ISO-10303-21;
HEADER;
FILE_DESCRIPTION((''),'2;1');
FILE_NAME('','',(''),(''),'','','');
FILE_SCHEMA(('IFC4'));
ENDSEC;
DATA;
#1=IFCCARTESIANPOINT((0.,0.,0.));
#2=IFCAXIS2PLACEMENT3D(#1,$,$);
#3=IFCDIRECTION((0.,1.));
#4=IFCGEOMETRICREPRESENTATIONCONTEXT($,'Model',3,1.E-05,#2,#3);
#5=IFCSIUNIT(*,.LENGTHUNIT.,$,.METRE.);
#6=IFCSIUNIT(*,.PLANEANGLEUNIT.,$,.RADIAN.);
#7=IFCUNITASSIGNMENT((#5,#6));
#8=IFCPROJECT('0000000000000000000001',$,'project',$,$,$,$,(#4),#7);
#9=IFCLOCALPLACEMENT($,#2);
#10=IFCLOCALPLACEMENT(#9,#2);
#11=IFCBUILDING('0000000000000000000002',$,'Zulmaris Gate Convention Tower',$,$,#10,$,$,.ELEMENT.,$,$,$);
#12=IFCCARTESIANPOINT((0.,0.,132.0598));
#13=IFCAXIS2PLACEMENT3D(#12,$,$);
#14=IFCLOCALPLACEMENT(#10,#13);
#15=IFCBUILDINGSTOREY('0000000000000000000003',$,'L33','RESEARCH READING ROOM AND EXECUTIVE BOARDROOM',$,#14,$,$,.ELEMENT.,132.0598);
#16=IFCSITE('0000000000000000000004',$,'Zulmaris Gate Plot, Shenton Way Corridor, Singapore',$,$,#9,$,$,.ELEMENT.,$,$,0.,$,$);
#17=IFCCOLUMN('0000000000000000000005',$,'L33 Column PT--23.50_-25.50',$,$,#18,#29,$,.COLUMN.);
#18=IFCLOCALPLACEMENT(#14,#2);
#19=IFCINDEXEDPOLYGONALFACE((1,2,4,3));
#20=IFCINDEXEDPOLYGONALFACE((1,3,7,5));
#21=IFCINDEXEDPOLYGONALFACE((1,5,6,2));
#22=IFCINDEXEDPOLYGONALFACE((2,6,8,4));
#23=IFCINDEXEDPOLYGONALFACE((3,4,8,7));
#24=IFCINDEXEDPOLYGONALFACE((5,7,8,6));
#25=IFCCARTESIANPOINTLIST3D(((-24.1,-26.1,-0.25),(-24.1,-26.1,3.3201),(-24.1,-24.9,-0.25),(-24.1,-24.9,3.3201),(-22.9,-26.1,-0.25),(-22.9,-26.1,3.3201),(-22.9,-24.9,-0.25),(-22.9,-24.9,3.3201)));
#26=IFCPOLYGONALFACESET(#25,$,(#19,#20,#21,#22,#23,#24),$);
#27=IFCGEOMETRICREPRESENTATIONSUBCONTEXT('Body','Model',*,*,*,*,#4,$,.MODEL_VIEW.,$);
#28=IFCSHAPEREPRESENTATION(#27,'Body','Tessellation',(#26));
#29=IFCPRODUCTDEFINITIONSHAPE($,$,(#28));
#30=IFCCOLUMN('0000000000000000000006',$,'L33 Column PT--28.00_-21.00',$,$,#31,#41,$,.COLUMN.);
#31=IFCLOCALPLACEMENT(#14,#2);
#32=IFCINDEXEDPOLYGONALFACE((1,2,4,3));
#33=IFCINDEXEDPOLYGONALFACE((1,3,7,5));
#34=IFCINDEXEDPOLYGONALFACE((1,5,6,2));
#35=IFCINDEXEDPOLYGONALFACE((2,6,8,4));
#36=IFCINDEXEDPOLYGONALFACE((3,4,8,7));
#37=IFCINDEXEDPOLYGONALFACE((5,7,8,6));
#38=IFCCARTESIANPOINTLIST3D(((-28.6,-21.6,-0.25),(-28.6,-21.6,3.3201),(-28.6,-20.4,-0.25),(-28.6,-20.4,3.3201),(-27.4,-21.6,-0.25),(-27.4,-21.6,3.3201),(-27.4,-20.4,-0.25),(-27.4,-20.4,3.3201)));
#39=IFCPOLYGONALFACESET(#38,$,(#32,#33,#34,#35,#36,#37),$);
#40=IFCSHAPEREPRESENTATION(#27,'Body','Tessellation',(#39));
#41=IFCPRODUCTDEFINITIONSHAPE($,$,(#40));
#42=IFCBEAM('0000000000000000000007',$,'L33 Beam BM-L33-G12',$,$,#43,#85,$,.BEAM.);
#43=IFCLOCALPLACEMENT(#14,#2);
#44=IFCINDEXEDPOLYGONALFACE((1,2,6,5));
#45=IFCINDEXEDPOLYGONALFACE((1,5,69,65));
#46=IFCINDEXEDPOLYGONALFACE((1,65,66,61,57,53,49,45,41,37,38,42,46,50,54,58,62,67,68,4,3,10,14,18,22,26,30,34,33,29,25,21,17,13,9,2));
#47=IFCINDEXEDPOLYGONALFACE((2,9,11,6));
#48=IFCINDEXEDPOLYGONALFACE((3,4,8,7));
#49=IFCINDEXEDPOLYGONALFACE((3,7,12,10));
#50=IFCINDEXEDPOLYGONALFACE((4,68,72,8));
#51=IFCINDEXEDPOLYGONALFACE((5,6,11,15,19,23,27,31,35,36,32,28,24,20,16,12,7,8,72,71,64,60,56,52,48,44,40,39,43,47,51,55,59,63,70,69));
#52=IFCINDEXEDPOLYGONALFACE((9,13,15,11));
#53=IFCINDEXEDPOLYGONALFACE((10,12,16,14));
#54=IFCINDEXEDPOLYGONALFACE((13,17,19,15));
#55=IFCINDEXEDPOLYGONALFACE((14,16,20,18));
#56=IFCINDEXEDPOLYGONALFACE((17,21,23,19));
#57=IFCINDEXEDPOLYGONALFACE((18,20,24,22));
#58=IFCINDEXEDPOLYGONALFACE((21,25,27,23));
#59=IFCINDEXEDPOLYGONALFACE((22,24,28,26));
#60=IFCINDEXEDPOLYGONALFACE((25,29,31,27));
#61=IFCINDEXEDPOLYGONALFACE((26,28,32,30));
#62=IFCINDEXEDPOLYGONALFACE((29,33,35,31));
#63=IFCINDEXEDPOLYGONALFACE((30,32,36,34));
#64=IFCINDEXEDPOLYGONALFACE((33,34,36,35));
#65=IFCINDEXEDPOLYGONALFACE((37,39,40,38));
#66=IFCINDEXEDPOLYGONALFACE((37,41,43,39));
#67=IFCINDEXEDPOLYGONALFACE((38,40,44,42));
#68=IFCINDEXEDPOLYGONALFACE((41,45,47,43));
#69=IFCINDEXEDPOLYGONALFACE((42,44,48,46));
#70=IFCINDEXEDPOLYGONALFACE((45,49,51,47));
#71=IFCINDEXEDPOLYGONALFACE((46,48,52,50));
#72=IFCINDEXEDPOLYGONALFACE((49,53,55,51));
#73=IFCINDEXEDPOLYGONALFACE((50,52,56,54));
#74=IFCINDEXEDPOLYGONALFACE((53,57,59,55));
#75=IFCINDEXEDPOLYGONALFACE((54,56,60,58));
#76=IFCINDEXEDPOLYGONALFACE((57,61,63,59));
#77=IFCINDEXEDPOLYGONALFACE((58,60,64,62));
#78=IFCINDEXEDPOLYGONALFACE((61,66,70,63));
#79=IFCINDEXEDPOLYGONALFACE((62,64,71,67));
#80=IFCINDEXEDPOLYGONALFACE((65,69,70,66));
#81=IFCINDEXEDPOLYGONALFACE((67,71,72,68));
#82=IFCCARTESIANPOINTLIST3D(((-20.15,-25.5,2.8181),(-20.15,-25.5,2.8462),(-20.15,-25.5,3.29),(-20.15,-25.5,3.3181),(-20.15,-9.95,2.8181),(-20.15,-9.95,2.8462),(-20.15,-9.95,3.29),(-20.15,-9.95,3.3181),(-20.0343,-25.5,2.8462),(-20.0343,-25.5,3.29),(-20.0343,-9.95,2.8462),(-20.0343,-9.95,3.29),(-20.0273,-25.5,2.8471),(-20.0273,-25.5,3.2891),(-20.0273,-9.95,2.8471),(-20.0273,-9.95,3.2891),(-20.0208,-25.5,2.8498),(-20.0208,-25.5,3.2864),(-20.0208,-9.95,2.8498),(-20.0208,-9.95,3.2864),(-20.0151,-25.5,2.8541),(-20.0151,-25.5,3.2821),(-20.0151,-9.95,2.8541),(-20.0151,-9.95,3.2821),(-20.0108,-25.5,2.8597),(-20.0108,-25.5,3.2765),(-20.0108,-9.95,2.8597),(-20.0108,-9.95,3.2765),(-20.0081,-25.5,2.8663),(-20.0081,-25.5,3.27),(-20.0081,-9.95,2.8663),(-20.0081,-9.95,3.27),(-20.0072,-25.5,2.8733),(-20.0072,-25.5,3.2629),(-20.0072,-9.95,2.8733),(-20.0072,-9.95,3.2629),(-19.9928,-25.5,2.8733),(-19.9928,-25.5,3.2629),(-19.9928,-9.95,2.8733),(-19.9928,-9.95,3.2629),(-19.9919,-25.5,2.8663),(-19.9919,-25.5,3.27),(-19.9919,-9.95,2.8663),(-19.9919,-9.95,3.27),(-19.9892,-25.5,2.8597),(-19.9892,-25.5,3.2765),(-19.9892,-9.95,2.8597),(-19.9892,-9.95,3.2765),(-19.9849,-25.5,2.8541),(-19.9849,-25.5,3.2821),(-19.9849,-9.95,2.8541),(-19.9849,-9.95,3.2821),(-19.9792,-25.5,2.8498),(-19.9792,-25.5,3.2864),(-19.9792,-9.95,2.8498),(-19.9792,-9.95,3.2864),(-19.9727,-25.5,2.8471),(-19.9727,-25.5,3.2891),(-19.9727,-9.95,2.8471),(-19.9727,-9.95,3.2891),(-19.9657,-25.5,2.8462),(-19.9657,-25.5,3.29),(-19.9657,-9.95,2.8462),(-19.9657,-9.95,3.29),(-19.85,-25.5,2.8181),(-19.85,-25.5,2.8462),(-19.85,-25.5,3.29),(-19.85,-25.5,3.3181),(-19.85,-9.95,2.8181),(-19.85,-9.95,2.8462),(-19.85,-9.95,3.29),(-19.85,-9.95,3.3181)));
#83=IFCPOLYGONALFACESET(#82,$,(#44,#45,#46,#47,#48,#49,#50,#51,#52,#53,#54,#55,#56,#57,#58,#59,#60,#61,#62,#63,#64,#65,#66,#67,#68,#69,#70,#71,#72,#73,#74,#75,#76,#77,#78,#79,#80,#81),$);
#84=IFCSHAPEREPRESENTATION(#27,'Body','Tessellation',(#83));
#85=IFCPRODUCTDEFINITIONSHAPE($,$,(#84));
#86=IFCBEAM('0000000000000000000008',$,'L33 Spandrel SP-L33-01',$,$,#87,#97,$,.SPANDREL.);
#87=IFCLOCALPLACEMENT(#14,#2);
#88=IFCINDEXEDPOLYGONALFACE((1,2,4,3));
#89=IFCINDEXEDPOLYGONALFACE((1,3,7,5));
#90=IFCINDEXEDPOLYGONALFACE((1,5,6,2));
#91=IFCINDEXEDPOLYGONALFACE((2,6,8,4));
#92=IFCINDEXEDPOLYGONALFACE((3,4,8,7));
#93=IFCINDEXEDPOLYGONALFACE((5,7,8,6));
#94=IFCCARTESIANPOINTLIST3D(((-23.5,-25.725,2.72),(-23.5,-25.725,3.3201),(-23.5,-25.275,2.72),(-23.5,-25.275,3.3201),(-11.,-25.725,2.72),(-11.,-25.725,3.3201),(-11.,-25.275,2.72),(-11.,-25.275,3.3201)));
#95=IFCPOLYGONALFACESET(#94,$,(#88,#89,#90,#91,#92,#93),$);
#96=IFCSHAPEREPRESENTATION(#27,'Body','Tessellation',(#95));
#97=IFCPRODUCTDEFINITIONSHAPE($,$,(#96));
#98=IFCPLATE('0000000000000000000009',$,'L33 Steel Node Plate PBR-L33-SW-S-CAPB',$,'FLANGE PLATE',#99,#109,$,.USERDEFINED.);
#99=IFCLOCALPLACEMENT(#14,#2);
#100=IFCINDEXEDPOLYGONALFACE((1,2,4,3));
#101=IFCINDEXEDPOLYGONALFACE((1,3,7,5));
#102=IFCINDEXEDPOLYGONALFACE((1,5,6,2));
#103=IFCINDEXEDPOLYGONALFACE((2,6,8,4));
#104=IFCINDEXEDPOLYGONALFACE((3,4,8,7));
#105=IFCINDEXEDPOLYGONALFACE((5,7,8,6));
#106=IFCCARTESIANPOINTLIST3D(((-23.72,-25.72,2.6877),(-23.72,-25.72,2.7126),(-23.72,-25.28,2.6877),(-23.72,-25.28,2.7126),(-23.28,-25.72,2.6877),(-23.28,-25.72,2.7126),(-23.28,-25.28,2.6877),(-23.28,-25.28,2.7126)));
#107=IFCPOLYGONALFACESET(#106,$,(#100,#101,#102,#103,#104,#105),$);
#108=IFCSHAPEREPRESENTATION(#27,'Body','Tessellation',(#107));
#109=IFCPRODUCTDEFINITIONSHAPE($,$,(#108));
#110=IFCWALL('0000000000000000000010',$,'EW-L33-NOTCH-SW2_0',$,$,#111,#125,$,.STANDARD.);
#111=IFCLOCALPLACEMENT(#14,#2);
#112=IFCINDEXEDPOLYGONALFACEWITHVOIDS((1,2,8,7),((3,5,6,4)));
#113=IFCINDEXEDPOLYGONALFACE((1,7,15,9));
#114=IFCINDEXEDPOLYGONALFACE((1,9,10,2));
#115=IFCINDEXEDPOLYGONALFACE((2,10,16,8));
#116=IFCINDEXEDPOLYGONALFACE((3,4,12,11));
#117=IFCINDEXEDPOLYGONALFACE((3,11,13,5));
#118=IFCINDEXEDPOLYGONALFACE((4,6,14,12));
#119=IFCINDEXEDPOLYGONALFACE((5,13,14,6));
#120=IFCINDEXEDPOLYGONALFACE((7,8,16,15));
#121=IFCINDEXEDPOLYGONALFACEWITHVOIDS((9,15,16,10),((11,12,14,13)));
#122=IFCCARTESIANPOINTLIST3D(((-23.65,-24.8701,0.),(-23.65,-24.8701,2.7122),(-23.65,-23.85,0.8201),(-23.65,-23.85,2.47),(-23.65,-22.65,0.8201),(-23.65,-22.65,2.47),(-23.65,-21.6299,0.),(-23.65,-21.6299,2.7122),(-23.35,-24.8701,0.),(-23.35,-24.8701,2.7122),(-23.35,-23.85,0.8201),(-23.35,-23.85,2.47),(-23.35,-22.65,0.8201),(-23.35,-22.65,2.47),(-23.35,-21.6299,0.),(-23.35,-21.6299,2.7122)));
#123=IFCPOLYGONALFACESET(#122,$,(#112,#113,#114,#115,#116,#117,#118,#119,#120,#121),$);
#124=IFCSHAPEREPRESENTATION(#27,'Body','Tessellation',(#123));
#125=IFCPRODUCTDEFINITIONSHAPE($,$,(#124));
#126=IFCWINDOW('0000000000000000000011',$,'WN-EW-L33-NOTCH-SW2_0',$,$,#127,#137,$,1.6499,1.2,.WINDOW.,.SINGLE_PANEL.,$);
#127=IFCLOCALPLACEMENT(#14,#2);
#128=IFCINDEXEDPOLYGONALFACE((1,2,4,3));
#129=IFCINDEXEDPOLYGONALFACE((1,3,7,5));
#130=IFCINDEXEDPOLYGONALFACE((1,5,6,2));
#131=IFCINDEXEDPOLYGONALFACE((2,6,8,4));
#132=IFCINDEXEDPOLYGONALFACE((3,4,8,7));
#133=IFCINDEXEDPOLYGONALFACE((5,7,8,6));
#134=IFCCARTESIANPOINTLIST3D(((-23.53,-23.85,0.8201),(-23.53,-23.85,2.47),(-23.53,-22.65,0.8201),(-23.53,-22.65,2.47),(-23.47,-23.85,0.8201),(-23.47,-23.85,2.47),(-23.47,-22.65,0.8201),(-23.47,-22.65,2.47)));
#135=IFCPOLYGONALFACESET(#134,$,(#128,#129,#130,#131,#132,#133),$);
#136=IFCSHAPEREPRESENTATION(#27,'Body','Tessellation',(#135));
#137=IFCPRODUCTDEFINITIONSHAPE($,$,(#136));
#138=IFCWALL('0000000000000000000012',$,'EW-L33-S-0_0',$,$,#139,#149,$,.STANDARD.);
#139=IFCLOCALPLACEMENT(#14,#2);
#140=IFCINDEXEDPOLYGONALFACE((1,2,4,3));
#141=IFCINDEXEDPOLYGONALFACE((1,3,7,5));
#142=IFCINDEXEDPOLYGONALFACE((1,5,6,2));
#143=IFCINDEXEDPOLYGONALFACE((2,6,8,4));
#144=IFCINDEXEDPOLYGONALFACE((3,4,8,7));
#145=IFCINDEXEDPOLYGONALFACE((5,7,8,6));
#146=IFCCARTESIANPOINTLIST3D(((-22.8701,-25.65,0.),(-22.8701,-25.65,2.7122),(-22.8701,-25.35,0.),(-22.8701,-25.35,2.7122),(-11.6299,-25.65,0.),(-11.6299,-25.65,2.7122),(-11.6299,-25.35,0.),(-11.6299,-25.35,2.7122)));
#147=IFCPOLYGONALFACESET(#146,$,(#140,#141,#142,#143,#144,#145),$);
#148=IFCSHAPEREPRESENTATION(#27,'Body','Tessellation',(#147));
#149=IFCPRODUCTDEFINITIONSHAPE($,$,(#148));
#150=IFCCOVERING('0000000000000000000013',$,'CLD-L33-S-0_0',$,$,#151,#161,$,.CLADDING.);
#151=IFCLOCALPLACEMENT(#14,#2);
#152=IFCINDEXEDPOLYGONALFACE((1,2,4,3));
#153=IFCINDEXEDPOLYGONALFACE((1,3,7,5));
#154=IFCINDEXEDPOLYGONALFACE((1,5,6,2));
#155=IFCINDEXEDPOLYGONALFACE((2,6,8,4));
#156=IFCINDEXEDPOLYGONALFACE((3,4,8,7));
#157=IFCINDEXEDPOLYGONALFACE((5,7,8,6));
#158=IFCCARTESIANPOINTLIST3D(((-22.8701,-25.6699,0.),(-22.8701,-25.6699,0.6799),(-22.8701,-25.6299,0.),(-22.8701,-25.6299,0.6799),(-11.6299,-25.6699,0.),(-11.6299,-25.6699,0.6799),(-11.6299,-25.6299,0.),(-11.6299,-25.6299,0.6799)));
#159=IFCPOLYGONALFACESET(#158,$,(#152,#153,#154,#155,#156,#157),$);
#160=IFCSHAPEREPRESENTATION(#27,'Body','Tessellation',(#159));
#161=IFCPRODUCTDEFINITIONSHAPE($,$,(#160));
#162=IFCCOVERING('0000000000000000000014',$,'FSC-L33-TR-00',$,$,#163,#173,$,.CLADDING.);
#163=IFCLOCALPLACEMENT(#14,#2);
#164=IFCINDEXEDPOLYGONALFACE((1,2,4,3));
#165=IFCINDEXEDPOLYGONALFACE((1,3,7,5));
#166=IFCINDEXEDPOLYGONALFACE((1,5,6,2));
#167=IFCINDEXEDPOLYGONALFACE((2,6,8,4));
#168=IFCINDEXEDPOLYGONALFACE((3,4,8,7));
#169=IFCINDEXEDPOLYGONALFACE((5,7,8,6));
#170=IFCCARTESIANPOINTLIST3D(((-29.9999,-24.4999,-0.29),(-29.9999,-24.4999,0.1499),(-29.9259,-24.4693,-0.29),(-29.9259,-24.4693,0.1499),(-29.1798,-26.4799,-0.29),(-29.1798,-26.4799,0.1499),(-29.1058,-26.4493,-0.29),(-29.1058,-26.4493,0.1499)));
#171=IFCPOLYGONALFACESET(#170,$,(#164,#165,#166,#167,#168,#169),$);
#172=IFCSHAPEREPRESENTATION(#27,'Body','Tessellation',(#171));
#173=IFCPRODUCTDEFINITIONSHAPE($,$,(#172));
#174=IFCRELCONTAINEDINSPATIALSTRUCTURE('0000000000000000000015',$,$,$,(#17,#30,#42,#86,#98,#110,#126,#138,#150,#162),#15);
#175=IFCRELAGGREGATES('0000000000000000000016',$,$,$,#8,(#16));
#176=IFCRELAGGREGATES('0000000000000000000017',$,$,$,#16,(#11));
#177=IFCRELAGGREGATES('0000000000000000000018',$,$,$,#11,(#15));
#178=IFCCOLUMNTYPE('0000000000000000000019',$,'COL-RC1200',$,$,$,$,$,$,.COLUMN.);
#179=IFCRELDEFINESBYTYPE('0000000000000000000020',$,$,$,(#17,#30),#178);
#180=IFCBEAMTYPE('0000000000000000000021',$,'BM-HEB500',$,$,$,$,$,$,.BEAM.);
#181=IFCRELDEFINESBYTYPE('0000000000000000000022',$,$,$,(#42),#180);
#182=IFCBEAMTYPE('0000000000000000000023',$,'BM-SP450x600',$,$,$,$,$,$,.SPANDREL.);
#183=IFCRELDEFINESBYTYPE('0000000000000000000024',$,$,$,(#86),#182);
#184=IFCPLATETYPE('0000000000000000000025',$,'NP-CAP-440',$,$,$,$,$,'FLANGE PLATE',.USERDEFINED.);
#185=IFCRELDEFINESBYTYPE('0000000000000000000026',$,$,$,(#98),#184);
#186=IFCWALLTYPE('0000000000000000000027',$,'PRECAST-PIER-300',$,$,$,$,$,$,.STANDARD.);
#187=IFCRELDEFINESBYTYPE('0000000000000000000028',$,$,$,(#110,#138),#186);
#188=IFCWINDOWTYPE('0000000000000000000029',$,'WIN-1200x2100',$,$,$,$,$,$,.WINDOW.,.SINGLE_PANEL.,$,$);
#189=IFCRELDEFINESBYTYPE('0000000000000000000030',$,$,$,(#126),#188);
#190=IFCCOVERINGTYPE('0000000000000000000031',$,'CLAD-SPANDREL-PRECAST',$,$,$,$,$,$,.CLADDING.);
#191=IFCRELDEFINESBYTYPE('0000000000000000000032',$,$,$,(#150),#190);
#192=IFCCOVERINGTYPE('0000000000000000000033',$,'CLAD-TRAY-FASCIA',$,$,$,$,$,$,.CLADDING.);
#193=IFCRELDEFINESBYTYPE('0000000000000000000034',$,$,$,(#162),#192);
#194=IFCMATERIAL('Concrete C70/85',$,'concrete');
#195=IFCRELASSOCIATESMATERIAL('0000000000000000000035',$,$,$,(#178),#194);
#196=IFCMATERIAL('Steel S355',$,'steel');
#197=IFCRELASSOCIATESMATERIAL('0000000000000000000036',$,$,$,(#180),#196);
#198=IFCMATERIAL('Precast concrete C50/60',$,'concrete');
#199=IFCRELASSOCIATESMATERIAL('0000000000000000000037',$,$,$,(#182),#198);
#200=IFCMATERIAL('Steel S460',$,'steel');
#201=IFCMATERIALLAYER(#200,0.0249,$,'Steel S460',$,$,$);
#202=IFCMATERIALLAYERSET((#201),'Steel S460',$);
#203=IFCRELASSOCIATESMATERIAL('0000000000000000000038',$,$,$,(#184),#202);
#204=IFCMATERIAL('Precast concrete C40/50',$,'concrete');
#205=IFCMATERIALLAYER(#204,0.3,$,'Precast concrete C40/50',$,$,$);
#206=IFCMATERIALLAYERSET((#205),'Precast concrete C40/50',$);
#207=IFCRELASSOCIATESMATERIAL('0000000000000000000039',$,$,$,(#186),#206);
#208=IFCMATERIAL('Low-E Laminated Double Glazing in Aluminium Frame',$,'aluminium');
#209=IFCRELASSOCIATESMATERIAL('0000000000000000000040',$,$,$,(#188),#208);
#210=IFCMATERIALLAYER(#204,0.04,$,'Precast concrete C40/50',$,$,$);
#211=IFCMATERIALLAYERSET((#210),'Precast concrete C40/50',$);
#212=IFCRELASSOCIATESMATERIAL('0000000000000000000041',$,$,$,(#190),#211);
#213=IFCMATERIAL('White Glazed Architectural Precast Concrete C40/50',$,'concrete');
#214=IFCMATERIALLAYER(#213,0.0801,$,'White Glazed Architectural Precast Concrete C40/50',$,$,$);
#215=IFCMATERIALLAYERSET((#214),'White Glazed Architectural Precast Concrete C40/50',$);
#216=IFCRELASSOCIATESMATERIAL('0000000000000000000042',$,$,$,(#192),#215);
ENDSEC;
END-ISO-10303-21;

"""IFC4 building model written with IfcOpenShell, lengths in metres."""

from ifc_helpers import new_model, si_unit, direction, frame, frame_2d, origin, origin_2d, place, context, subcontext, project, spatial, rectangle, i_section, extrude, material, layer, layer_set, material_profile, profile_set, type_object, element, fill, save


model = new_model("IFC4")

# Units and contexts
model_context = context("Model", 3, precision=1e-05, world=origin(), true_north=direction((0.0, 1.0)))
body_context = subcontext(model_context, "Body", "Model", "MODEL_VIEW")
ifc_project = project(units=[si_unit("LENGTHUNIT", "METRE"), si_unit("PLANEANGLEUNIT", "RADIAN")], contexts=[model_context])

# Site, building, storey
site_placement = place(None, origin())
site = spatial("IfcSite", under=ifc_project, at=site_placement, Name="Zulmaris Gate Plot, Shenton Way Corridor, Singapore", CompositionType="ELEMENT", RefElevation=0.0)
building_placement = place(site_placement, origin())
building = spatial("IfcBuilding", under=site, at=building_placement, Name="Zulmaris Gate Convention Tower", CompositionType="ELEMENT")
storey_placement = place(building_placement, frame((0.0, 0.0, 132.0598)))
storey = spatial("IfcBuildingStorey", under=building, at=storey_placement, Name="L33", Description="RESEARCH READING ROOM AND EXECUTIVE BOARDROOM", CompositionType="ELEMENT", Elevation=132.0598)

# Columns
ifc_material_1 = material(Name="Concrete C70/85", Category="concrete")
ifc_material_profile_1 = material_profile(ifc_material_1, rectangle(XDim=1.2, YDim=1.2, at=origin_2d()), Name="RC COL 1200x1200")
ifc_profile_set_1 = profile_set([ifc_material_profile_1], Name="Concrete C70/85")
column_type = type_object("IfcColumnType", Name="COL-RC1200", PredefinedType="COLUMN", material=ifc_profile_set_1)
for number, where, z_axis, x_axis, name in (
    (1, (-23.5, -25.5, -0.25), (0.0, 0.0, 1.0), (1.0, 0.0, 0.0), "L33 Column PT--23.50_-25.50"),
    (2, (-28.0, -21.0, -0.25), (0.0, 0.0, 1.0), (1.0, 0.0, 0.0), "L33 Column PT--28.00_-21.00"),
):
    element("IfcColumn", number, at=place(storey_placement, frame(where, z_axis=z_axis, x_axis=x_axis)), inside=storey, type_object=column_type, Name=name, PredefinedType="COLUMN", context=body_context, shape_type="SweptSolid", body=[
        extrude(rectangle(XDim=1.2, YDim=1.2, at=origin_2d()), origin(), (0.0, 0.0, 1.0), 3.5701),
    ])

# Beams
ifc_material_2 = material(Name="Steel S355", Category="steel")
ifc_material_profile_2 = material_profile(ifc_material_2, i_section(OverallWidth=0.3, OverallDepth=0.5, WebThickness=0.0144, FlangeThickness=0.0281, FilletRadius=0.0271, at=origin_2d()), Name="HEB 500")
ifc_profile_set_2 = profile_set([ifc_material_profile_2], Name="Steel S355")
beam_type_1 = type_object("IfcBeamType", Name="BM-HEB500", PredefinedType="BEAM", material=ifc_profile_set_2)
beam_1_placement = place(storey_placement, frame((-20.0, -25.5, 3.0681), z_axis=(0.0, 1.0, 0.0), x_axis=(-1.0, 0.0, 0.0)))
element("IfcBeam", 3, at=beam_1_placement, inside=storey, type_object=beam_type_1, Name="L33 Beam BM-L33-G12", PredefinedType="BEAM", context=body_context, shape_type="SweptSolid", body=[
    extrude(i_section(OverallWidth=0.3, OverallDepth=0.5, WebThickness=0.0144, FlangeThickness=0.0281, FilletRadius=0.0271, at=origin_2d()), origin(), (0.0, 0.0, 1.0), 15.55),
])
ifc_material_3 = material(Name="Precast concrete C50/60", Category="concrete")
ifc_material_profile_3 = material_profile(ifc_material_3, rectangle(XDim=0.45, YDim=0.6001, at=origin_2d()), Name="RC SPANDREL 450x600")
ifc_profile_set_3 = profile_set([ifc_material_profile_3], Name="Precast concrete C50/60")
beam_type_2 = type_object("IfcBeamType", Name="BM-SP450x600", PredefinedType="SPANDREL", material=ifc_profile_set_3)
beam_2_placement = place(storey_placement, frame((-23.5, -25.5, 3.02), z_axis=(1.0, 0.0, 0.0), x_axis=(0.0, 1.0, 0.0)))
element("IfcBeam", 4, at=beam_2_placement, inside=storey, type_object=beam_type_2, Name="L33 Spandrel SP-L33-01", PredefinedType="SPANDREL", context=body_context, shape_type="SweptSolid", body=[
    extrude(rectangle(XDim=0.45, YDim=0.6001, at=origin_2d()), origin(), (0.0, 0.0, 1.0), 12.5),
])

# Plate
ifc_material_4 = material(Name="Steel S460", Category="steel")
ifc_layer_1 = layer(ifc_material_4, 0.0249, Name="Steel S460")
ifc_layer_set_1 = layer_set([ifc_layer_1], Name="Steel S460")
plate_type = type_object("IfcPlateType", Name="NP-CAP-440", ElementType="FLANGE PLATE", PredefinedType="USERDEFINED", material=ifc_layer_set_1)
plate_placement = place(storey_placement, frame((-23.5, -25.5, 2.6877), z_axis=(0.0, 0.0, 1.0), x_axis=(1.0, 0.0, 0.0)))
element("IfcPlate", 5, at=plate_placement, inside=storey, type_object=plate_type, Name="L33 Steel Node Plate PBR-L33-SW-S-CAPB", ObjectType="FLANGE PLATE", PredefinedType="USERDEFINED", context=body_context, shape_type="SweptSolid", body=[
    extrude(rectangle(XDim=0.4399, YDim=0.4399, at=origin_2d()), origin(), (0.0, 0.0, 1.0), 0.0249),
])

# Wall, opening, window
ifc_material_5 = material(Name="Precast concrete C40/50", Category="concrete")
ifc_layer_2 = layer(ifc_material_5, 0.3, Name="Precast concrete C40/50")
ifc_layer_set_2 = layer_set([ifc_layer_2], Name="Precast concrete C40/50")
wall_type = type_object("IfcWallType", Name="PRECAST-PIER-300", PredefinedType="STANDARD", material=ifc_layer_set_2)
wall_1_placement = place(storey_placement, frame((-23.5, -21.6299, 0.0), z_axis=(0.0, 0.0, 1.0), x_axis=(0.0, -1.0, 0.0)))
wall_1 = element("IfcWall", 6, at=wall_1_placement, inside=storey, type_object=wall_type, Name="EW-L33-NOTCH-SW2_0", PredefinedType="STANDARD", context=body_context, shape_type="SweptSolid", body=[
    extrude(rectangle(XDim=3.2402, YDim=0.3, at=frame_2d((1.6201, 0.0))), origin(), (0.0, 0.0, 1.0), 2.7122),
])
opening_placement = place(wall_1_placement, frame((1.02, 0.0, 0.8201)))
opening = element("IfcOpeningElement", 7, at=opening_placement, cuts=wall_1, PredefinedType="OPENING", context=body_context, shape_type="SweptSolid", body=[
    extrude(rectangle(XDim=1.2, YDim=1.6499, at=frame_2d((0.6001, 0.825))), frame((0.0, 0.1602, 0.0), z_axis=(0.0, -1.0, 0.0), x_axis=(1.0, 0.0, 0.0)), (0.0, 0.0, 1.0), 0.3201),
])
ifc_material_6 = material(Name="Low-E Laminated Double Glazing in Aluminium Frame", Category="aluminium")
window_type = type_object("IfcWindowType", Name="WIN-1200x2100", PartitioningType="SINGLE_PANEL", PredefinedType="WINDOW", material=ifc_material_6)
window_placement = place(opening_placement, origin())
window = element("IfcWindow", 8, at=window_placement, inside=storey, type_object=window_type, Name="WN-EW-L33-NOTCH-SW2_0", OverallHeight=1.6499, OverallWidth=1.2, PartitioningType="SINGLE_PANEL", PredefinedType="WINDOW", context=body_context, shape_type="SweptSolid", body=[
    extrude(rectangle(XDim=1.2, YDim=1.6499, at=frame_2d((0.6001, 0.825))), frame((0.0, 0.03, 0.0), z_axis=(0.0, -1.0, 0.0), x_axis=(1.0, 0.0, 0.0)), (0.0, 0.0, 1.0), 0.0601),
])
fill(opening, window)

# Wall
wall_2_placement = place(storey_placement, frame((-22.8701, -25.5, 0.0), z_axis=(0.0, 0.0, 1.0), x_axis=(1.0, 0.0, 0.0)))
element("IfcWall", 9, at=wall_2_placement, inside=storey, type_object=wall_type, Name="EW-L33-S-0_0", PredefinedType="STANDARD", context=body_context, shape_type="SweptSolid", body=[
    extrude(rectangle(XDim=11.2402, YDim=0.3, at=frame_2d((5.6201, 0.0))), origin(), (0.0, 0.0, 1.0), 2.7122),
])

# Coverings
ifc_layer_3 = layer(ifc_material_5, 0.04, Name="Precast concrete C40/50")
ifc_layer_set_3 = layer_set([ifc_layer_3], Name="Precast concrete C40/50")
covering_type_1 = type_object("IfcCoveringType", Name="CLAD-SPANDREL-PRECAST", PredefinedType="CLADDING", material=ifc_layer_set_3)
covering_1_placement = place(storey_placement, frame((-22.8701, -25.6499, 0.0), z_axis=(0.0, 0.0, 1.0), x_axis=(1.0, 0.0, 0.0)))
element("IfcCovering", 10, at=covering_1_placement, inside=storey, type_object=covering_type_1, Name="CLD-L33-S-0_0", PredefinedType="CLADDING", context=body_context, shape_type="SweptSolid", body=[
    extrude(rectangle(XDim=11.2402, YDim=0.04, at=frame_2d((5.6201, 0.0))), origin(), (0.0, 0.0, 1.0), 0.6799),
])
ifc_material_7 = material(Name="White Glazed Architectural Precast Concrete C40/50", Category="concrete")
ifc_layer_4 = layer(ifc_material_7, 0.0801, Name="White Glazed Architectural Precast Concrete C40/50")
ifc_layer_set_4 = layer_set([ifc_layer_4], Name="White Glazed Architectural Precast Concrete C40/50")
covering_type_2 = type_object("IfcCoveringType", Name="CLAD-TRAY-FASCIA", PredefinedType="CLADDING", material=ifc_layer_set_4)
covering_2_placement = place(storey_placement, frame((-29.9629, -24.4846, -0.29), z_axis=(0.0, 0.0, 1.0), x_axis=(0.382657, -0.92389, 0.0)))
element("IfcCovering", 11, at=covering_2_placement, inside=storey, type_object=covering_type_2, Name="FSC-L33-TR-00", PredefinedType="CLADDING", context=body_context, shape_type="SweptSolid", body=[
    extrude(rectangle(XDim=2.1431, YDim=0.0801, at=frame_2d((1.0715, 0.0))), origin(), (0.0, 0.0, 1.0), 0.4399),
])

save(model, "model.ifc")
